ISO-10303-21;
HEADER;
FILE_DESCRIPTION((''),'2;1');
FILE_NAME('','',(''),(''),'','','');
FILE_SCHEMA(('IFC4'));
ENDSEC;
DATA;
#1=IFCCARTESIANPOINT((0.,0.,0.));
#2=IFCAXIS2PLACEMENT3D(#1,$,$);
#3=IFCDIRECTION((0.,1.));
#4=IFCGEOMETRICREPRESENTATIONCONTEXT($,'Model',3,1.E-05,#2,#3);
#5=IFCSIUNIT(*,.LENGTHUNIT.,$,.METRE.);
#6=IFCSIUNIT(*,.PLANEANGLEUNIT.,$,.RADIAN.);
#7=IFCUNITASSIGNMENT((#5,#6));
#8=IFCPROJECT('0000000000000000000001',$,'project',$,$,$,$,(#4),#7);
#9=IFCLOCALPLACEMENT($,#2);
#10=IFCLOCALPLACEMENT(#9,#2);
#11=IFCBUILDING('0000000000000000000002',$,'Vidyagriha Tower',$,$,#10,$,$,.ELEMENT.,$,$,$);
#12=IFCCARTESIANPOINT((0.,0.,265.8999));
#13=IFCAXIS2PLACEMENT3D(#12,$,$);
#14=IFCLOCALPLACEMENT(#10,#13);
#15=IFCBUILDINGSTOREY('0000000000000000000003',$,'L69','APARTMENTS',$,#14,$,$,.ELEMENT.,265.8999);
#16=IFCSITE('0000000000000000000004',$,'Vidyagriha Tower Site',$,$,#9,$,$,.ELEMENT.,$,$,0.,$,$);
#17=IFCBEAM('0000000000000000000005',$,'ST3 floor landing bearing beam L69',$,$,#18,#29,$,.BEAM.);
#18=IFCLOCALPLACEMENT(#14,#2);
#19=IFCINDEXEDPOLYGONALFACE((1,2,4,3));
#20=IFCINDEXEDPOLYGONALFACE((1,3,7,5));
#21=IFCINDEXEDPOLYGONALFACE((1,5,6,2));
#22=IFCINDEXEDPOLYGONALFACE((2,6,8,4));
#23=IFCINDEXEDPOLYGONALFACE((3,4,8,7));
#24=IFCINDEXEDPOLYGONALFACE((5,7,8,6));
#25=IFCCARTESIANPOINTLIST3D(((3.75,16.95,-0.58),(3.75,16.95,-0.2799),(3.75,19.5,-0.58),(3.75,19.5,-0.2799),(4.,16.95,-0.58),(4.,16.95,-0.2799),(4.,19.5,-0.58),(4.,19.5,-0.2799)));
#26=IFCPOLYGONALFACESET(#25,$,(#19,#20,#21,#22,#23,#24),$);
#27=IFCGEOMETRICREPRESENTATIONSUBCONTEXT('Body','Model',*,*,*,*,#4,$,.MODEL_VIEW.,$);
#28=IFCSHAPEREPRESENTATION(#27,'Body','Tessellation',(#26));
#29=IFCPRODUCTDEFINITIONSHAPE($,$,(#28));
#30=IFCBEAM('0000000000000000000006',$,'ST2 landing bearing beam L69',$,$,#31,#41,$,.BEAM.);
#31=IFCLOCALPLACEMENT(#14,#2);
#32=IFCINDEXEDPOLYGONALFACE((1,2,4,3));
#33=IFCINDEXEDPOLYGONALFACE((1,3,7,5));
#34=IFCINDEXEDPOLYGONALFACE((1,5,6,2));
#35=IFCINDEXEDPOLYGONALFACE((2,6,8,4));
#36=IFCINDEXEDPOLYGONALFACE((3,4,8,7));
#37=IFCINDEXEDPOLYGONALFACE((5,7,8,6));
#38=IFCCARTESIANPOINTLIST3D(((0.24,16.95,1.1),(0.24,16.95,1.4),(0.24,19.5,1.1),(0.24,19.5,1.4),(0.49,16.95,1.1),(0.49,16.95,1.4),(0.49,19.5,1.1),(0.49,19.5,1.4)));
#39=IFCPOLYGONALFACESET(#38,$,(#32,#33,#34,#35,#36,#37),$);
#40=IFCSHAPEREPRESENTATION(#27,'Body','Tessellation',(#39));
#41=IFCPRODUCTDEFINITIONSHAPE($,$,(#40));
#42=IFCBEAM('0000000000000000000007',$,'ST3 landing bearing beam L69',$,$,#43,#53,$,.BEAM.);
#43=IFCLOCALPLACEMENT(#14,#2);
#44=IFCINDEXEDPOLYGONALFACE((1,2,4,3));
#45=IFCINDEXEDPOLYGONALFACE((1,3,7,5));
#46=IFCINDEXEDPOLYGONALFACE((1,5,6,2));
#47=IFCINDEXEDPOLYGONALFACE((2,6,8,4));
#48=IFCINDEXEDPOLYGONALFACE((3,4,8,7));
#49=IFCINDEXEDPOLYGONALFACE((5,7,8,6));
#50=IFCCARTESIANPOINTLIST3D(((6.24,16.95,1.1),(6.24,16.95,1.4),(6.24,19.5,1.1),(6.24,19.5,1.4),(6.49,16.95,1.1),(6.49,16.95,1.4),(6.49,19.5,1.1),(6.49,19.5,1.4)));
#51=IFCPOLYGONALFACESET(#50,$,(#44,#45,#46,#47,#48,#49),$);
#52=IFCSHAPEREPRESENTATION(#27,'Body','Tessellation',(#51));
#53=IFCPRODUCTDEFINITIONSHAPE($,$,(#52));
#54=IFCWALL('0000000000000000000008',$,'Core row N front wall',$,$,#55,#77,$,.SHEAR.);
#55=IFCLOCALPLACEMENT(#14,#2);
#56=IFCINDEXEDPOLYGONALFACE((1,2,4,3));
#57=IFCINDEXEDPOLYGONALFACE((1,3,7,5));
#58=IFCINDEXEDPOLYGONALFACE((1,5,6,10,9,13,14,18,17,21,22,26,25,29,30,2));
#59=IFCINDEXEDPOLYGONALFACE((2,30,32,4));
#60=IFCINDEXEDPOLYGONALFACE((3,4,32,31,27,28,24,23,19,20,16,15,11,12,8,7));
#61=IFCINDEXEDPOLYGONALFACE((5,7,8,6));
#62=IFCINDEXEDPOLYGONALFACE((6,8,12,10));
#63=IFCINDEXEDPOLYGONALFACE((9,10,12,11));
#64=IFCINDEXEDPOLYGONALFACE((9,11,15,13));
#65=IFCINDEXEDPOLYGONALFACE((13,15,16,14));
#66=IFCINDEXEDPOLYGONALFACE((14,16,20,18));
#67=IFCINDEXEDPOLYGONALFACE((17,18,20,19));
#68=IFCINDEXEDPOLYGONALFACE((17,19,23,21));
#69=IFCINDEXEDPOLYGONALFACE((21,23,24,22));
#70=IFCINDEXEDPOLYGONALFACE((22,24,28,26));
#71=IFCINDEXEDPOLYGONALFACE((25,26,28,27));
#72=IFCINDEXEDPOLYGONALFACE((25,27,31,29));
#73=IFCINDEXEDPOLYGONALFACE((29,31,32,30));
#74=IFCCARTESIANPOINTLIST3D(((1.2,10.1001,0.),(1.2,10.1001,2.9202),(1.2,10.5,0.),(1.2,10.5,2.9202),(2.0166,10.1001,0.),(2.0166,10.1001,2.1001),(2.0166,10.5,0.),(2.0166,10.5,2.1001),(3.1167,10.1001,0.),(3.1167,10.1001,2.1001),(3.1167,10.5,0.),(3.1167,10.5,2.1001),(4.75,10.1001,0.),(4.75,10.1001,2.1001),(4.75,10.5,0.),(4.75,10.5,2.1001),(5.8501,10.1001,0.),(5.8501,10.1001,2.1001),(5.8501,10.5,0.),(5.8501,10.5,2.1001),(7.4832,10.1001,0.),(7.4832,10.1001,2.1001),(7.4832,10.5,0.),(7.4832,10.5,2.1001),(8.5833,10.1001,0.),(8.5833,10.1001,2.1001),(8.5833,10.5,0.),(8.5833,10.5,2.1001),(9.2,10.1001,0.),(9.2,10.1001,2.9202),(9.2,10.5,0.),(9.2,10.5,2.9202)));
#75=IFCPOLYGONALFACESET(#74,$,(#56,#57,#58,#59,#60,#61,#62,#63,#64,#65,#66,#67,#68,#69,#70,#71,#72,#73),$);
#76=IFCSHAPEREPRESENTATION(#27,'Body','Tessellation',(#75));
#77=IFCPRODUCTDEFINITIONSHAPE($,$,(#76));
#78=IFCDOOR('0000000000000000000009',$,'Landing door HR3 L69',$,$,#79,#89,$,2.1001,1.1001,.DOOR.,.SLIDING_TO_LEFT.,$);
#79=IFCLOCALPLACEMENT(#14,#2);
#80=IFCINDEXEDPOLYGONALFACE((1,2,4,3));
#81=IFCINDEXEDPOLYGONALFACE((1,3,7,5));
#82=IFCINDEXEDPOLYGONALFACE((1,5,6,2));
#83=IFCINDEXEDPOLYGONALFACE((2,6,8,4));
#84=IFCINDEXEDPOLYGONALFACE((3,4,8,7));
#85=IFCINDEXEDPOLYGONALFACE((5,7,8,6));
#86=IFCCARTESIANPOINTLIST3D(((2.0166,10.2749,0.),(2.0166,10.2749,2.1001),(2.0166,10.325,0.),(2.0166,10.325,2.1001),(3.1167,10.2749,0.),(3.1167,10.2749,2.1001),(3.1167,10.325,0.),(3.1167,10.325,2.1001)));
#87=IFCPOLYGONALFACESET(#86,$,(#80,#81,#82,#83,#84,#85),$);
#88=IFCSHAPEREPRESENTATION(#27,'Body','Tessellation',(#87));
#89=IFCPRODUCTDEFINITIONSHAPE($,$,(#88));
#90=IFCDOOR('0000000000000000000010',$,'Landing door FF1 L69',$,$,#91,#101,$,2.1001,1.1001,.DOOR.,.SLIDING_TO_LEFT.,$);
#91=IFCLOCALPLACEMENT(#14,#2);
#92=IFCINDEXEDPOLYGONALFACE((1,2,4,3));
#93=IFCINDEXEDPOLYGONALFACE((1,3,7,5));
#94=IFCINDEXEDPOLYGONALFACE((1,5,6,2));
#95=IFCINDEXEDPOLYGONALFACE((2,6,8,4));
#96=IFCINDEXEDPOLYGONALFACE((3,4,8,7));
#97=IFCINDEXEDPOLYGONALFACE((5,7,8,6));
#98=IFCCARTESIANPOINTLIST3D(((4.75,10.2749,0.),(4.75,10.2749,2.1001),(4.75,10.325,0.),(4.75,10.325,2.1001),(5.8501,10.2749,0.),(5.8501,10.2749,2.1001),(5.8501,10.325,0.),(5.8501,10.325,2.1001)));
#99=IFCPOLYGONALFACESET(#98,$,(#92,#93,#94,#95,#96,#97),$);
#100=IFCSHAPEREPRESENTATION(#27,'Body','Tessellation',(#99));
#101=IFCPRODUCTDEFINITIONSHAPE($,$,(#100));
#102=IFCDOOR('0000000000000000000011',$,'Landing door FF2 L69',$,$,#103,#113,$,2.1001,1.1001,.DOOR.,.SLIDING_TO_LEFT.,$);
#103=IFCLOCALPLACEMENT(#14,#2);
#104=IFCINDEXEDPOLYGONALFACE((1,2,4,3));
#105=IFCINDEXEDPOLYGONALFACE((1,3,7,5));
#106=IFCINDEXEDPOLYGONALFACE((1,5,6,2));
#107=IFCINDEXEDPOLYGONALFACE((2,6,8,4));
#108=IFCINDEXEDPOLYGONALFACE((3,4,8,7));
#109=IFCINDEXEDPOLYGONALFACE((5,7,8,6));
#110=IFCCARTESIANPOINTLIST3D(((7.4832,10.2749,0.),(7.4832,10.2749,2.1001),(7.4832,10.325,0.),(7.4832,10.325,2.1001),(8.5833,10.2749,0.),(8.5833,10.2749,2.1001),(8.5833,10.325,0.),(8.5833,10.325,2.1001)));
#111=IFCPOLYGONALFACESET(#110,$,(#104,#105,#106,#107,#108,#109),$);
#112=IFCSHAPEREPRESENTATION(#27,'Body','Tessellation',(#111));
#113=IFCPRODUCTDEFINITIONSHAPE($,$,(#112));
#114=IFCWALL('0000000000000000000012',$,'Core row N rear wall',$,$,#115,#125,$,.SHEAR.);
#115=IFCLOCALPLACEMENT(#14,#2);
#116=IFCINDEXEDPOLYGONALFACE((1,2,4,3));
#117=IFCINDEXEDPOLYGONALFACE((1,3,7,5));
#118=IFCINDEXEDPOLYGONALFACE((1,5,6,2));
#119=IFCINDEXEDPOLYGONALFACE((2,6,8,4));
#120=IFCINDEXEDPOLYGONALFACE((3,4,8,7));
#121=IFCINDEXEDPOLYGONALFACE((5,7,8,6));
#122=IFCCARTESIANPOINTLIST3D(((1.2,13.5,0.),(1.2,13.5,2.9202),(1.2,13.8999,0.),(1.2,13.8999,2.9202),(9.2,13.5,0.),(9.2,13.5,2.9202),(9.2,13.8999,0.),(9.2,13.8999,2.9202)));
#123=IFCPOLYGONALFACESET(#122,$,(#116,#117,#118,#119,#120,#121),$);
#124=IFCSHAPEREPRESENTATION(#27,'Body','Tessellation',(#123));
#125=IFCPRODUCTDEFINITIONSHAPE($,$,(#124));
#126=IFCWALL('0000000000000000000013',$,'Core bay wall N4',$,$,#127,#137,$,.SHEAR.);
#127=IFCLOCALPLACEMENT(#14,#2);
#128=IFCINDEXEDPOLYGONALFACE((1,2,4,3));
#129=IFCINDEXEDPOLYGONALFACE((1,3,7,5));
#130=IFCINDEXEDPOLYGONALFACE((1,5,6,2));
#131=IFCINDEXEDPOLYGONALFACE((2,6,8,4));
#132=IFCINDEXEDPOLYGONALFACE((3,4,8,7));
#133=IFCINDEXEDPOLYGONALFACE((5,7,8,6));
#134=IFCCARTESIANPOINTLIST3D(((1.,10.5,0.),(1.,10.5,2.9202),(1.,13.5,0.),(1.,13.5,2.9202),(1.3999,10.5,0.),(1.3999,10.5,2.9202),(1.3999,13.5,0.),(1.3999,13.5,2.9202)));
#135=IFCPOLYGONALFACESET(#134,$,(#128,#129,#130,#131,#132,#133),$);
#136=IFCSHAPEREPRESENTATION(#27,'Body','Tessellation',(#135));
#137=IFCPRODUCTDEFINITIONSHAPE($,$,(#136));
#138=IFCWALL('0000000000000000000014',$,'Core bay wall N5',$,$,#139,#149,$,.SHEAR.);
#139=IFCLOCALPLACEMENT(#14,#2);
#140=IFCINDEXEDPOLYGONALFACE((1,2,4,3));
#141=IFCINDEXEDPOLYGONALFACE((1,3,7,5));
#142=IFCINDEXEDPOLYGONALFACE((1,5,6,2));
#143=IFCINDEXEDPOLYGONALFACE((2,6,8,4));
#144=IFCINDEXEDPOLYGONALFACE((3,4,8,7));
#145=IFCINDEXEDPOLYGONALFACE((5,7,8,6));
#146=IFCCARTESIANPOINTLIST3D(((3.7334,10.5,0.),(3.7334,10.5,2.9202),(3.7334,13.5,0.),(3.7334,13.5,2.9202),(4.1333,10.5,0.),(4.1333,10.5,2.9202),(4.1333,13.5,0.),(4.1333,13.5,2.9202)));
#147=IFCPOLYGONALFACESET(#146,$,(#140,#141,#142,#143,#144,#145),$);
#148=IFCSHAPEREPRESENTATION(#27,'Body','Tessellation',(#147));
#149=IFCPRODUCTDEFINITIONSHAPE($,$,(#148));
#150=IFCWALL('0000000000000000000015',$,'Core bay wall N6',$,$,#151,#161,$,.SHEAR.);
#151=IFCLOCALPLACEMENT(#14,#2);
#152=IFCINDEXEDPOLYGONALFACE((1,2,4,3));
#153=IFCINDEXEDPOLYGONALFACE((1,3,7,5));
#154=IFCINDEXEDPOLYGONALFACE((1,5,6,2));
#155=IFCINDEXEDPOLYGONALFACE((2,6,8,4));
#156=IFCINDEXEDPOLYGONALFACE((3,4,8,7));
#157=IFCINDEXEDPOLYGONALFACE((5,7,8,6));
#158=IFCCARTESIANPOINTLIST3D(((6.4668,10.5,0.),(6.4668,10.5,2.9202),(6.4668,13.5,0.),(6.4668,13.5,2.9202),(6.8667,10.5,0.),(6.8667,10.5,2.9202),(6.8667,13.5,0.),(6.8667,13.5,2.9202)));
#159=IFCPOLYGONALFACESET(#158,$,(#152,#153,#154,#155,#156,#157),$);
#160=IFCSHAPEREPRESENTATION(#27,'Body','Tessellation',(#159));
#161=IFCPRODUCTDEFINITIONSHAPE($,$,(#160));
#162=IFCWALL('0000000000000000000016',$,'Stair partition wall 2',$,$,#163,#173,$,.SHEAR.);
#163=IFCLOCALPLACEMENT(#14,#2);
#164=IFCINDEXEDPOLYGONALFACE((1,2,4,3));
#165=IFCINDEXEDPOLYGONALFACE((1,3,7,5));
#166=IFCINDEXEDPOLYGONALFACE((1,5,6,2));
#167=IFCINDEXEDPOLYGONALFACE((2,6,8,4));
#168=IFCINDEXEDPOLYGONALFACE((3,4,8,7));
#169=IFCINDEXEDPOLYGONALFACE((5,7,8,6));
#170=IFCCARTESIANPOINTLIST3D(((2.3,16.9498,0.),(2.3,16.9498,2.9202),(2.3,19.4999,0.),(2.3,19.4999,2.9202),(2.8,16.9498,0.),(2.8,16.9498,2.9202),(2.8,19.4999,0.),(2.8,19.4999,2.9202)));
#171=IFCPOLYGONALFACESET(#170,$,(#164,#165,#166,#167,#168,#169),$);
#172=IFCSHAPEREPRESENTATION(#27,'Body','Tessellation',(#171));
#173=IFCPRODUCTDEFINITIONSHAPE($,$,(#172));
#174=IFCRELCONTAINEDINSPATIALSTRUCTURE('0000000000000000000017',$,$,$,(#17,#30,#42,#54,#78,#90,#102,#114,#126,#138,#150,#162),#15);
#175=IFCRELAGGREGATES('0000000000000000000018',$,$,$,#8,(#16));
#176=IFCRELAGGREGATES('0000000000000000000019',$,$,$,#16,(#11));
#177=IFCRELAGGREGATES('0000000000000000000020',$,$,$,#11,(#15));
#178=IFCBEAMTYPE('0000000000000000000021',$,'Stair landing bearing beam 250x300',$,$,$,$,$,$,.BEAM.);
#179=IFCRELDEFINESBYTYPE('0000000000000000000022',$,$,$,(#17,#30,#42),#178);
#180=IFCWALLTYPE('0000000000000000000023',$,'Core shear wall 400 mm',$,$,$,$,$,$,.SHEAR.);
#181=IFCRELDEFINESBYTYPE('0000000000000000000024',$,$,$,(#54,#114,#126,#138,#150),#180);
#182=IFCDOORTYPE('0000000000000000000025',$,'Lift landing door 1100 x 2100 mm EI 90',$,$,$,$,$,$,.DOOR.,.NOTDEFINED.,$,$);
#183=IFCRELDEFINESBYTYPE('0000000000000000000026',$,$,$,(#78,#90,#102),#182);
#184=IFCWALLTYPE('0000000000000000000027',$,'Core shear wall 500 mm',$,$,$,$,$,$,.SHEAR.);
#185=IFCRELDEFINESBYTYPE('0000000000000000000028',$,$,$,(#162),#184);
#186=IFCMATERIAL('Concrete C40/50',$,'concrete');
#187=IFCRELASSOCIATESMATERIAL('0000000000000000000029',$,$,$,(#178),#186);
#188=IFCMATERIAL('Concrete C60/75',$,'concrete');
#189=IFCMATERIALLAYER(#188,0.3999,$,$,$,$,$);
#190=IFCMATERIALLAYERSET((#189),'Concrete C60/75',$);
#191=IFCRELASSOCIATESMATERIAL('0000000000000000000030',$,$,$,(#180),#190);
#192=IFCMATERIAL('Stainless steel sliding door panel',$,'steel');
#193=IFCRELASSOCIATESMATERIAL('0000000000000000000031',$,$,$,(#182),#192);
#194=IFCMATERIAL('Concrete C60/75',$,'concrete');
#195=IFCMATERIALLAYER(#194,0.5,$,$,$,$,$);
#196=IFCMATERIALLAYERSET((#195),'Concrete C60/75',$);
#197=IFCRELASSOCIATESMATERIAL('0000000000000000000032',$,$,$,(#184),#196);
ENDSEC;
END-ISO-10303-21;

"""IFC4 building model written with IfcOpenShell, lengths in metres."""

from ifc_helpers import new_model, si_unit, direction, frame, frame_2d, origin, origin_2d, place, context, subcontext, project, spatial, rectangle, extrude, material, layer, layer_set, material_profile, profile_set, type_object, element, fill, save


model = new_model("IFC4")

# Units and contexts
model_context = context("Model", 3, precision=1e-05, world=origin(), true_north=direction((0.0, 1.0)))
body_context = subcontext(model_context, "Body", "Model", "MODEL_VIEW")
ifc_project = project(units=[si_unit("LENGTHUNIT", "METRE"), si_unit("PLANEANGLEUNIT", "RADIAN")], contexts=[model_context])

# Site, building, storey
site_placement = place(None, origin())
site = spatial("IfcSite", under=ifc_project, at=site_placement, Name="Vidyagriha Tower Site", CompositionType="ELEMENT", RefElevation=0.0)
building_placement = place(site_placement, origin())
building = spatial("IfcBuilding", under=site, at=building_placement, Name="Vidyagriha Tower", CompositionType="ELEMENT")
storey_placement = place(building_placement, frame((0.0, 0.0, 265.8999)))
storey = spatial("IfcBuildingStorey", under=building, at=storey_placement, Name="L69", Description="APARTMENTS", CompositionType="ELEMENT", Elevation=265.8999)

# Beams
ifc_material_1 = material(Name="Concrete C40/50", Category="concrete")
ifc_material_profile = material_profile(ifc_material_1, rectangle(XDim=0.25, YDim=0.3, at=origin_2d()), Name="Stair landing bearing beam 250x300")
ifc_profile_set = profile_set([ifc_material_profile], Name="Concrete C40/50")
beam_type = type_object("IfcBeamType", Name="Stair landing bearing beam 250x300", PredefinedType="BEAM", material=ifc_profile_set)
for number, where, z_axis, x_axis, name in (
    (1, (3.875, 16.95, -0.4299), (0.0, 1.0, 0.0), (-1.0, 0.0, 0.0), "ST3 floor landing bearing beam L69"),
    (2, (0.365, 16.95, 1.25), (0.0, 1.0, 0.0), (-1.0, 0.0, 0.0), "ST2 landing bearing beam L69"),
    (3, (6.365, 16.95, 1.25), (0.0, 1.0, 0.0), (-1.0, 0.0, 0.0), "ST3 landing bearing beam L69"),
):
    element("IfcBeam", number, at=place(storey_placement, frame(where, z_axis=z_axis, x_axis=x_axis)), inside=storey, type_object=beam_type, Name=name, PredefinedType="BEAM", context=body_context, shape_type="SweptSolid", body=[
        extrude(rectangle(XDim=0.25, YDim=0.3, at=origin_2d()), origin(), (0.0, 0.0, 1.0), 2.55),
    ])

# Wall, openings, doors
ifc_material_2 = material(Name="Concrete C60/75", Category="concrete")
ifc_layer_1 = layer(ifc_material_2, 0.3999)
ifc_layer_set_1 = layer_set([ifc_layer_1], Name="Concrete C60/75")
wall_type_1 = type_object("IfcWallType", Name="Core shear wall 400 mm", PredefinedType="SHEAR", material=ifc_layer_set_1)
wall_1_placement = place(storey_placement, frame((1.2, 10.3, 0.0)))
wall_1 = element("IfcWall", 4, at=wall_1_placement, inside=storey, type_object=wall_type_1, Name="Core row N front wall", PredefinedType="SHEAR", context=body_context, shape_type="SweptSolid", body=[
    extrude(rectangle(XDim=8.0, YDim=0.3999, at=frame_2d((4.0, 0.0))), origin(), (0.0, 0.0, 1.0), 2.9202),
])
opening_1_placement = place(wall_1_placement, frame((0.8167, 0.0, 0.0)))
opening_1 = element("IfcOpeningElement", 5, at=opening_1_placement, cuts=wall_1, PredefinedType="OPENING", context=body_context, shape_type="SweptSolid", body=[
    extrude(rectangle(XDim=1.1001, YDim=2.1001, at=frame_2d((0.55, 1.05))), frame((0.0, 0.21, 0.0), z_axis=(0.0, -1.0, 0.0), x_axis=(1.0, 0.0, 0.0)), (0.0, 0.0, 1.0), 0.4199),
])
opening_2_placement = place(wall_1_placement, frame((3.55, 0.0, 0.0)))
opening_2 = element("IfcOpeningElement", 6, at=opening_2_placement, cuts=wall_1, PredefinedType="OPENING", context=body_context, shape_type="SweptSolid", body=[
    extrude(rectangle(XDim=1.1001, YDim=2.1001, at=frame_2d((0.55, 1.05))), frame((0.0, 0.21, 0.0), z_axis=(0.0, -1.0, 0.0), x_axis=(1.0, 0.0, 0.0)), (0.0, 0.0, 1.0), 0.4199),
])
opening_3_placement = place(wall_1_placement, frame((6.2832, 0.0, 0.0)))
opening_3 = element("IfcOpeningElement", 7, at=opening_3_placement, cuts=wall_1, PredefinedType="OPENING", context=body_context, shape_type="SweptSolid", body=[
    extrude(rectangle(XDim=1.1001, YDim=2.1001, at=frame_2d((0.55, 1.05))), frame((0.0, 0.21, 0.0), z_axis=(0.0, -1.0, 0.0), x_axis=(1.0, 0.0, 0.0)), (0.0, 0.0, 1.0), 0.4199),
])
ifc_material_3 = material(Name="Stainless steel sliding door panel", Category="steel")
door_type_1 = type_object("IfcDoorType", Name="Lift landing door 1100 x 2100 mm EI 90", OperationType="NOTDEFINED", PredefinedType="DOOR", material=ifc_material_3)
door_1_placement = place(opening_1_placement, origin())
door_1 = element("IfcDoor", 8, at=door_1_placement, inside=storey, type_object=door_type_1, Name="Landing door HR3 L69", OperationType="SLIDING_TO_LEFT", OverallHeight=2.1001, OverallWidth=1.1001, PredefinedType="DOOR", context=body_context, shape_type="SweptSolid", body=[
    extrude(rectangle(XDim=1.1001, YDim=2.1001, at=frame_2d((0.55, 1.05))), frame((0.0, 0.0249, 0.0), z_axis=(0.0, -1.0, 0.0), x_axis=(1.0, 0.0, 0.0)), (0.0, 0.0, 1.0), 0.05),
])
fill(opening_1, door_1)
door_2_placement = place(opening_2_placement, origin())
door_2 = element("IfcDoor", 9, at=door_2_placement, inside=storey, type_object=door_type_1, Name="Landing door FF1 L69", OperationType="SLIDING_TO_LEFT", OverallHeight=2.1001, OverallWidth=1.1001, PredefinedType="DOOR", context=body_context, shape_type="SweptSolid", body=[
    extrude(rectangle(XDim=1.1001, YDim=2.1001, at=frame_2d((0.55, 1.05))), frame((0.0, 0.0249, 0.0), z_axis=(0.0, -1.0, 0.0), x_axis=(1.0, 0.0, 0.0)), (0.0, 0.0, 1.0), 0.05),
])
fill(opening_2, door_2)
door_3_placement = place(opening_3_placement, origin())
door_3 = element("IfcDoor", 10, at=door_3_placement, inside=storey, type_object=door_type_1, Name="Landing door FF2 L69", OperationType="SLIDING_TO_LEFT", OverallHeight=2.1001, OverallWidth=1.1001, PredefinedType="DOOR", context=body_context, shape_type="SweptSolid", body=[
    extrude(rectangle(XDim=1.1001, YDim=2.1001, at=frame_2d((0.55, 1.05))), frame((0.0, 0.0249, 0.0), z_axis=(0.0, -1.0, 0.0), x_axis=(1.0, 0.0, 0.0)), (0.0, 0.0, 1.0), 0.05),
])
fill(opening_3, door_3)

# Walls
wall_2_placement = place(storey_placement, frame((1.2, 13.7, 0.0)))
element("IfcWall", 11, at=wall_2_placement, inside=storey, type_object=wall_type_1, Name="Core row N rear wall", PredefinedType="SHEAR", context=body_context, shape_type="SweptSolid", body=[
    extrude(rectangle(XDim=8.0, YDim=0.3999, at=frame_2d((4.0, 0.0))), origin(), (0.0, 0.0, 1.0), 2.9202),
])
for number, where, z_axis, x_axis, name in (
    (12, (1.2, 10.5, 0.0), (0.0, 0.0, 1.0), (0.0, 1.0, 0.0), "Core bay wall N4"),
    (13, (3.9333, 10.5, 0.0), (0.0, 0.0, 1.0), (0.0, 1.0, 0.0), "Core bay wall N5"),
    (14, (6.6667, 10.5, 0.0), (0.0, 0.0, 1.0), (0.0, 1.0, 0.0), "Core bay wall N6"),
):
    element("IfcWall", number, at=place(storey_placement, frame(where, z_axis=z_axis, x_axis=x_axis)), inside=storey, type_object=wall_type_1, Name=name, PredefinedType="SHEAR", context=body_context, shape_type="SweptSolid", body=[
        extrude(rectangle(XDim=3.0, YDim=0.3999, at=frame_2d((1.5, 0.0))), origin(), (0.0, 0.0, 1.0), 2.9202),
    ])
ifc_material_4 = material(Name="Concrete C60/75", Category="concrete")
ifc_layer_2 = layer(ifc_material_4, 0.5)
ifc_layer_set_2 = layer_set([ifc_layer_2], Name="Concrete C60/75")
wall_type_2 = type_object("IfcWallType", Name="Core shear wall 500 mm", PredefinedType="SHEAR", material=ifc_layer_set_2)
wall_3_placement = place(storey_placement, frame((2.55, 16.95, 0.0), z_axis=(0.0, 0.0, 1.0), x_axis=(0.0, 1.0, 0.0)))
element("IfcWall", 15, at=wall_3_placement, inside=storey, type_object=wall_type_2, Name="Stair partition wall 2", PredefinedType="SHEAR", context=body_context, shape_type="SweptSolid", body=[
    extrude(rectangle(XDim=2.55, YDim=0.5, at=frame_2d((1.2749, 0.0))), origin(), (0.0, 0.0, 1.0), 2.9202),
])

save(model, "model.ifc")
